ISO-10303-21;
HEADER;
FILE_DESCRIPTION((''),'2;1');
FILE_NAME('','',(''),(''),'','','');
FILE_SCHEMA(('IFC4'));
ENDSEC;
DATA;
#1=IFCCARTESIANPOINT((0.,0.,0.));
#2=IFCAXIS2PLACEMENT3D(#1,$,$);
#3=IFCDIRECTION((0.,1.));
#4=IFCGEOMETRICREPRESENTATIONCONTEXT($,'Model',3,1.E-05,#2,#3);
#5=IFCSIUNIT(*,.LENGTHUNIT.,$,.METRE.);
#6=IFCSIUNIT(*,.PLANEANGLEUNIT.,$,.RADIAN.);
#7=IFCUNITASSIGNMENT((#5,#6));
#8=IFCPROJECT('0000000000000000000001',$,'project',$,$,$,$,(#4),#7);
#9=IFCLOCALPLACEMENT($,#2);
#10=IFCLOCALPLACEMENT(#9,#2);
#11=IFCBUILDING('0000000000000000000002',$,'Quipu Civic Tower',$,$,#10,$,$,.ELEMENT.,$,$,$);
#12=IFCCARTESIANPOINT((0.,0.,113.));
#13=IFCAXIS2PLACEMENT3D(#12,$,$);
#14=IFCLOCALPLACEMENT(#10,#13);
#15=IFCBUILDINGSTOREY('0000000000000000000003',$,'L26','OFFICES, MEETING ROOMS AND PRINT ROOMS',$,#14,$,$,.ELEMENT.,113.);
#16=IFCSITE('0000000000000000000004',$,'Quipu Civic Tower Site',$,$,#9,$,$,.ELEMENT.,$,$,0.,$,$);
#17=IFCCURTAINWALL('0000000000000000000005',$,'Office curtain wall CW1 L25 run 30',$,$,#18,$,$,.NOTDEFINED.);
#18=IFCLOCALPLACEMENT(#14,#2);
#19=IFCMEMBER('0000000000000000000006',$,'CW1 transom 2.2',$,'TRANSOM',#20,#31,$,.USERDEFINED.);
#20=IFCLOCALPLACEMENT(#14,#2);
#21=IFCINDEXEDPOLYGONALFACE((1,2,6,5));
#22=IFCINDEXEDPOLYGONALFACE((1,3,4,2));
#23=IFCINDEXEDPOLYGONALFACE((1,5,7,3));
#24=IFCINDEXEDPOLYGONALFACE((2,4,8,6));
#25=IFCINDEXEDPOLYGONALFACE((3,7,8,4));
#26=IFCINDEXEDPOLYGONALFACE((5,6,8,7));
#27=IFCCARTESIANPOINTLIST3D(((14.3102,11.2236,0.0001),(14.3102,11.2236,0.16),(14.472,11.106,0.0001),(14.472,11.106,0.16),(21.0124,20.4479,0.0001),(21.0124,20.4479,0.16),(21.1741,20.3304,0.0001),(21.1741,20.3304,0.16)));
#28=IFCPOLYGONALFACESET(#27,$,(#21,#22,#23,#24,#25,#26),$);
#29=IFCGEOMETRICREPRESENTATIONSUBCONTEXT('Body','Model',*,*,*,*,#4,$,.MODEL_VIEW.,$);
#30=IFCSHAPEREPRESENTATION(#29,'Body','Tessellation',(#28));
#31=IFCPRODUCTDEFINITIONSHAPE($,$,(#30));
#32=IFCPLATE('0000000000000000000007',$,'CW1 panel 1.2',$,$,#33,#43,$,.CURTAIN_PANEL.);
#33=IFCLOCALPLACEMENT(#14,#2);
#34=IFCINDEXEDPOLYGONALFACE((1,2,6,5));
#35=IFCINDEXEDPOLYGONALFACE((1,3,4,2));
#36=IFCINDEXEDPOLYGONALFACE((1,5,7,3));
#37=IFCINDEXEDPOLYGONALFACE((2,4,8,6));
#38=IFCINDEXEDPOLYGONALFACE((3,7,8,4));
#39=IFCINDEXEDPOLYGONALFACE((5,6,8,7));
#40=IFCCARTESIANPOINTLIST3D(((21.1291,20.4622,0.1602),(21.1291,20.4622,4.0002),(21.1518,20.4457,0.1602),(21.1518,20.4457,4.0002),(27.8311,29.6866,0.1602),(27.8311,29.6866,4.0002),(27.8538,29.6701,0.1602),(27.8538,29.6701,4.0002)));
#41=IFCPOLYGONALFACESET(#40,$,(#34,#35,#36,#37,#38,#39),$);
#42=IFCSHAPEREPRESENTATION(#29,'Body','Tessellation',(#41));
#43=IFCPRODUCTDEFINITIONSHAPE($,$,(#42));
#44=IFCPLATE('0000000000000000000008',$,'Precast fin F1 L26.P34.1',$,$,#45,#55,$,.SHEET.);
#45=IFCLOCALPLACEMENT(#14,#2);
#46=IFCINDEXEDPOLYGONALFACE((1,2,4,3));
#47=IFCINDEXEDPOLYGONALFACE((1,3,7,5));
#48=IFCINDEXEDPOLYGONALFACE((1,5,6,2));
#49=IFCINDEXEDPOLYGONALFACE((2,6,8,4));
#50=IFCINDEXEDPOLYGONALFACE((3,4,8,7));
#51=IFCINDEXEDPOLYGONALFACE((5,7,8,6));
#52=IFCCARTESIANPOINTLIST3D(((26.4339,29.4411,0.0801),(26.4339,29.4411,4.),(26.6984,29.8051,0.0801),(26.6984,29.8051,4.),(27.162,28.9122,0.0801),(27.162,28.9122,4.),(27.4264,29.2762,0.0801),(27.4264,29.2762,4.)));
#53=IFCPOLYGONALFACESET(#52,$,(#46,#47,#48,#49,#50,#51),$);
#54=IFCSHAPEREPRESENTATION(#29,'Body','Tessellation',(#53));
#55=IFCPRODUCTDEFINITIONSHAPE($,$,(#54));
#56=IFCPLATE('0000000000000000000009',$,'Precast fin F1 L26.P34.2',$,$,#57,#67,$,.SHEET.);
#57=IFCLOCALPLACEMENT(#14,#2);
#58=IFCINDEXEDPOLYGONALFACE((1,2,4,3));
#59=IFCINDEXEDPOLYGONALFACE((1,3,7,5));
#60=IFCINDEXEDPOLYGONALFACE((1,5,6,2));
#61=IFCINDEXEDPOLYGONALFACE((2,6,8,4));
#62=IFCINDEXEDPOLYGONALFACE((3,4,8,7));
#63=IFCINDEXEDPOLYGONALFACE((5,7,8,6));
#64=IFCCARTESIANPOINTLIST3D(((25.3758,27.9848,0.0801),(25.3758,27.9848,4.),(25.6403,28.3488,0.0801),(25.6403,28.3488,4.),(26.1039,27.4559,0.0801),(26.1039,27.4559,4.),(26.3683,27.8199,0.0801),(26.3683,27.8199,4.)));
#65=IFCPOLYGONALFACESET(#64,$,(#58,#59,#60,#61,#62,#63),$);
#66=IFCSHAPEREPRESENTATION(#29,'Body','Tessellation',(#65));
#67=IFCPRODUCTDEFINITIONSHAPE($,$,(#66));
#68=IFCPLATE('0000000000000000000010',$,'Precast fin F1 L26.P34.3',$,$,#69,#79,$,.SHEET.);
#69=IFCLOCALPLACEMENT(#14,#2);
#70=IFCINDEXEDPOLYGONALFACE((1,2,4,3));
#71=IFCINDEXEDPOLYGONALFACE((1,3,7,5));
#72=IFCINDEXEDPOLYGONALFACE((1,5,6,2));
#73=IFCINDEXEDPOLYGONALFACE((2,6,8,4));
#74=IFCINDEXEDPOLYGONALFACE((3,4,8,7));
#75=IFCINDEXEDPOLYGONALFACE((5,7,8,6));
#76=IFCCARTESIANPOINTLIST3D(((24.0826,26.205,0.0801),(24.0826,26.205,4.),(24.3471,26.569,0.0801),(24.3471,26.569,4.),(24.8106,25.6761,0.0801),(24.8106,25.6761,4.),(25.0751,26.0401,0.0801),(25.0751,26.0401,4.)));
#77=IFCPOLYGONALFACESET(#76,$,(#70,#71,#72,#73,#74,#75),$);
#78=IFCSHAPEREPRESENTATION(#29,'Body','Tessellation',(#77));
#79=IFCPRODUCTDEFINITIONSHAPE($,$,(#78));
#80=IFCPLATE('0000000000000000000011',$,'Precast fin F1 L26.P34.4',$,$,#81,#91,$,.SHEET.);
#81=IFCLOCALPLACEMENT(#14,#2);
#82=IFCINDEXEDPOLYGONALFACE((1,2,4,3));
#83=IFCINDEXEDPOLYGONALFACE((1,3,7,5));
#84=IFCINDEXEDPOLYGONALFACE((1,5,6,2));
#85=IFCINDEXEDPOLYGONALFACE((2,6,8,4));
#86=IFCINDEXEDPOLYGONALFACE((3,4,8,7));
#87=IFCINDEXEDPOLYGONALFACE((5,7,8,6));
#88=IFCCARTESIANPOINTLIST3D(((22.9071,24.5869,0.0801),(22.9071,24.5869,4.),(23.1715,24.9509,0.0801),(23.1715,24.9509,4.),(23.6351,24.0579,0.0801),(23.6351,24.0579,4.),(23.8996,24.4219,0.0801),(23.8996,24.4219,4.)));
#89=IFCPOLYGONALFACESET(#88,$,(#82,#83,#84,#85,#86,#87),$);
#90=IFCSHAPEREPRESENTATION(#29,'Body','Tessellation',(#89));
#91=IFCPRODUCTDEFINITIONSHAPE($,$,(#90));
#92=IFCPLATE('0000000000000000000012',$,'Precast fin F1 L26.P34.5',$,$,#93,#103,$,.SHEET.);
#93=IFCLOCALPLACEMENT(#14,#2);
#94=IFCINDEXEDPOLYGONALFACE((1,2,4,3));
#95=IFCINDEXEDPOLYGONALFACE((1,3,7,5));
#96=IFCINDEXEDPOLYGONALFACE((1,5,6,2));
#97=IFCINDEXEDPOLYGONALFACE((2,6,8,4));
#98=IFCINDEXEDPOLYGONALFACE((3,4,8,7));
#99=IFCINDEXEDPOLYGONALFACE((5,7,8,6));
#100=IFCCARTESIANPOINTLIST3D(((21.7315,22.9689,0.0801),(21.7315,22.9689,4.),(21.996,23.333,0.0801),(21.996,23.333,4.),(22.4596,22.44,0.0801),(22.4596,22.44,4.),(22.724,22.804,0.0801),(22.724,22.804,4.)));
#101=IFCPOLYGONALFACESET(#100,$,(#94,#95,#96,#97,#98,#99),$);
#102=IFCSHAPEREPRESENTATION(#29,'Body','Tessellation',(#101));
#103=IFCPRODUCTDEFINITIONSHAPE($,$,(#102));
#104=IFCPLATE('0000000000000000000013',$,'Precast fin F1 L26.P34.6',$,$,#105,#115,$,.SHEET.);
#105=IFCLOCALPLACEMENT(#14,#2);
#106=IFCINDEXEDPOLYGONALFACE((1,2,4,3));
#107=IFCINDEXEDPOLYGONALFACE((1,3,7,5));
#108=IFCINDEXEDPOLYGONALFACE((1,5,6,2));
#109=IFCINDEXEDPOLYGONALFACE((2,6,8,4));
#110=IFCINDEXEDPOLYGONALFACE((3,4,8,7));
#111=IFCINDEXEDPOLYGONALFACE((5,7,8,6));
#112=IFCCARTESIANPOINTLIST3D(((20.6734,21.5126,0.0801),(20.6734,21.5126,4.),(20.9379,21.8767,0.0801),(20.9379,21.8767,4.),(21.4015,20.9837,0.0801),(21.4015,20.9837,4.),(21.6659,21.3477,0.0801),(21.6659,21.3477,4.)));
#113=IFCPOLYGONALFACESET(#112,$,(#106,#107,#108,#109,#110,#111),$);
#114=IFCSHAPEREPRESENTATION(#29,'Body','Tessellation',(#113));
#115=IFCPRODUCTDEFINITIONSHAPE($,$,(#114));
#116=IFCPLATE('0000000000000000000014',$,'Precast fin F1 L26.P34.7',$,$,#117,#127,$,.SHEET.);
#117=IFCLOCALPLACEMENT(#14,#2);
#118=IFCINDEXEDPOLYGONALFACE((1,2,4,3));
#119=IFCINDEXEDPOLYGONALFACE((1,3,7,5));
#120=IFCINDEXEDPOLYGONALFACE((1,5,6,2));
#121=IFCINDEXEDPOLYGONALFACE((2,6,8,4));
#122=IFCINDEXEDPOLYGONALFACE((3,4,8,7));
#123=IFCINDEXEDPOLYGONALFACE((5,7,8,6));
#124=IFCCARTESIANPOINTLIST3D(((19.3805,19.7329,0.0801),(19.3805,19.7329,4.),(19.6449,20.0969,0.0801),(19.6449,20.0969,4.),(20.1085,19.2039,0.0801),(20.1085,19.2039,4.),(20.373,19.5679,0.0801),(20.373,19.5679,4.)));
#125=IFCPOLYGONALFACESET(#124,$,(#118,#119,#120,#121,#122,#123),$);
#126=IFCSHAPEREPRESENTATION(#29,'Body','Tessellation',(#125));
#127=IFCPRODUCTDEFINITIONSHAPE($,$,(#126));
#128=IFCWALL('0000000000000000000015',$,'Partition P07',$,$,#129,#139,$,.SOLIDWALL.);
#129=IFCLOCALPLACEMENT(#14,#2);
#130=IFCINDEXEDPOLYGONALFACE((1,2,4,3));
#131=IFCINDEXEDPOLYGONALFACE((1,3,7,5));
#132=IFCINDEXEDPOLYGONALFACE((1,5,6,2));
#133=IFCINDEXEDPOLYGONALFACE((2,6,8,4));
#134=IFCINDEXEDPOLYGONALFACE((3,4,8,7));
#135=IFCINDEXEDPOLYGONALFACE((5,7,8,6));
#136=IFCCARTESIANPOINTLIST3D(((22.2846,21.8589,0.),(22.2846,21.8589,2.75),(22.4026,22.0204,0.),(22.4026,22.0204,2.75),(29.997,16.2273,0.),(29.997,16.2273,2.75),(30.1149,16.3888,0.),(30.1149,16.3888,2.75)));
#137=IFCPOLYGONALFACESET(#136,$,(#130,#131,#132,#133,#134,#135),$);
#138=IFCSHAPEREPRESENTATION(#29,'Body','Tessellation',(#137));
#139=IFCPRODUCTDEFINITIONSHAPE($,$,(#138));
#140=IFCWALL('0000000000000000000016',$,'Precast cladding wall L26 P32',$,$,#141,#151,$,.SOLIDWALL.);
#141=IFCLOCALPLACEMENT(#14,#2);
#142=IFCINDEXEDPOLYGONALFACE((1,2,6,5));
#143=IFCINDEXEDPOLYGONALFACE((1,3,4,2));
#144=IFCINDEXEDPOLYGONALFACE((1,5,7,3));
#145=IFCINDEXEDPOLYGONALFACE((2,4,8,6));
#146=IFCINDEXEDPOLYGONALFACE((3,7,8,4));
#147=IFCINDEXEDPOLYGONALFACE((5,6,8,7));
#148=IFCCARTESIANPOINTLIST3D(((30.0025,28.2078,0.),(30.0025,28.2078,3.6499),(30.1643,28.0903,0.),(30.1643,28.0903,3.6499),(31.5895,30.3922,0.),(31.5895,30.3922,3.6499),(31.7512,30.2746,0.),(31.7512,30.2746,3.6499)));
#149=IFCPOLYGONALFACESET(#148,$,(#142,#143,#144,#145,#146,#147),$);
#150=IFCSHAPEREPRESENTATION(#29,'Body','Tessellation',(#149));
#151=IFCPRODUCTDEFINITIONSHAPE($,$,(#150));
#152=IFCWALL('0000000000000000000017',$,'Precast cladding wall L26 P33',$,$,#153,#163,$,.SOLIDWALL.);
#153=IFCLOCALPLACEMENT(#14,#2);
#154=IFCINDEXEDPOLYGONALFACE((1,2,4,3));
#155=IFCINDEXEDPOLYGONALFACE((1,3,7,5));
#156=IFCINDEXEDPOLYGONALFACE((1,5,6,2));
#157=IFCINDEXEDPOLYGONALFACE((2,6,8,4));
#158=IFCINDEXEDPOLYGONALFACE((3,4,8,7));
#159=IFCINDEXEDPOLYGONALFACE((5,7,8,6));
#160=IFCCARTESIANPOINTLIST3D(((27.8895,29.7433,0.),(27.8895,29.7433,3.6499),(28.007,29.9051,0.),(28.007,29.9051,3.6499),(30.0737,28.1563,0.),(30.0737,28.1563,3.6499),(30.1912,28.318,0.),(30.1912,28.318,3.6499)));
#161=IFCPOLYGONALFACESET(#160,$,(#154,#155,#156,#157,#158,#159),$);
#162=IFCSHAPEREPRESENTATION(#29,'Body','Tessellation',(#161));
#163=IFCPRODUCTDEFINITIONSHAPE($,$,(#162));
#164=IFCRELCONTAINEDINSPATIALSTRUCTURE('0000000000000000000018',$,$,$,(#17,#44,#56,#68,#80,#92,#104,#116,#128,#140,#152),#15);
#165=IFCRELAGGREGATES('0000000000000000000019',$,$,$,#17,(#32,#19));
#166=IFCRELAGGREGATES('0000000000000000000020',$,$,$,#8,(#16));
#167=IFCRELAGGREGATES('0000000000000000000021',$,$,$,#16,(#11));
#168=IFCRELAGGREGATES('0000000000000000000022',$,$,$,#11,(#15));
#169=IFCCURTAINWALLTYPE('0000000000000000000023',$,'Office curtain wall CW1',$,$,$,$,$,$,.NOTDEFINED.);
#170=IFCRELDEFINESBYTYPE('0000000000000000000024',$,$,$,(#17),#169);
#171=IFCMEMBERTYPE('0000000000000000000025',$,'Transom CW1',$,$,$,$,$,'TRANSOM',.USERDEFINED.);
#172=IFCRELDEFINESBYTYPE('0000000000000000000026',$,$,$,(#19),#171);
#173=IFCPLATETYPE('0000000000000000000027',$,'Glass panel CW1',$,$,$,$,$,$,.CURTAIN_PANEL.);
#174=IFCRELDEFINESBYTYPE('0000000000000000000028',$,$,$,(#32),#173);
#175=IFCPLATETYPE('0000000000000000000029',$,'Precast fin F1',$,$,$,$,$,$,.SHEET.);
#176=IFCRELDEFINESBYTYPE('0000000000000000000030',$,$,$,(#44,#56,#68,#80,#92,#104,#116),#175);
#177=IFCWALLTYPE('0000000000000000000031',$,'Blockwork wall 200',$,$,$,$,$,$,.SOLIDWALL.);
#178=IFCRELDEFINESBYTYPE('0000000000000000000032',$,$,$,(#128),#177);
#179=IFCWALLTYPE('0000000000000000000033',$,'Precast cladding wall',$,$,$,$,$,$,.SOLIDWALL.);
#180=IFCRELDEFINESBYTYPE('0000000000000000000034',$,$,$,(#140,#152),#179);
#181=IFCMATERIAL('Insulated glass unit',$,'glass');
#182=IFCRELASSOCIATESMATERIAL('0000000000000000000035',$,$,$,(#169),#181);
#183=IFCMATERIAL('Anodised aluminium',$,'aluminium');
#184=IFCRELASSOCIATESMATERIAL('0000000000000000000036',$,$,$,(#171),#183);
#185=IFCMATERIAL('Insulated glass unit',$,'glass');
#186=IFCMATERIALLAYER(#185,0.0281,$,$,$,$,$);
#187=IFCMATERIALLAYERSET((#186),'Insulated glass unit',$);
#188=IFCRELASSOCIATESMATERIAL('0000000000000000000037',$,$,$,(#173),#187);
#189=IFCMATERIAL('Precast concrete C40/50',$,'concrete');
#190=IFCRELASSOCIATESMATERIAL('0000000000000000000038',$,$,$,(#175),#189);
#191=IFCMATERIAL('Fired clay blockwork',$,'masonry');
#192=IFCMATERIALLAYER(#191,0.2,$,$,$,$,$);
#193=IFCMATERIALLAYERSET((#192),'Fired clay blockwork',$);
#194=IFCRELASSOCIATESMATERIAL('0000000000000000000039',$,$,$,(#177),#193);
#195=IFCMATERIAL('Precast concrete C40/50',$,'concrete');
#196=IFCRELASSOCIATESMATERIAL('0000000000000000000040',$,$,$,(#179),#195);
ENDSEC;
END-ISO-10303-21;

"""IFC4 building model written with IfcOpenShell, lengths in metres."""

from ifc_helpers import new_model, si_unit, direction, frame, frame_2d, origin, origin_2d, place, context, subcontext, project, spatial, rectangle, extrude, material, layer, layer_set, material_profile, profile_set, type_object, element, aggregate, save


model = new_model("IFC4")

# Units and contexts
model_context = context("Model", 3, precision=1e-05, world=origin(), true_north=direction((0.0, 1.0)))
body_context = subcontext(model_context, "Body", "Model", "MODEL_VIEW")
ifc_project = project(units=[si_unit("LENGTHUNIT", "METRE"), si_unit("PLANEANGLEUNIT", "RADIAN")], contexts=[model_context])

# Site, building, storey
site_placement = place(None, origin())
site = spatial("IfcSite", under=ifc_project, at=site_placement, Name="Quipu Civic Tower Site", CompositionType="ELEMENT", RefElevation=0.0)
building_placement = place(site_placement, origin())
building = spatial("IfcBuilding", under=site, at=building_placement, Name="Quipu Civic Tower", CompositionType="ELEMENT")
storey_placement = place(building_placement, frame((0.0, 0.0, 113.0)))
storey = spatial("IfcBuildingStorey", under=building, at=storey_placement, Name="L26", Description="OFFICES, MEETING ROOMS AND PRINT ROOMS", CompositionType="ELEMENT", Elevation=113.0)

# Curtain wall
ifc_material_1 = material(Name="Insulated glass unit", Category="glass")
curtain_wall_type = type_object("IfcCurtainWallType", Name="Office curtain wall CW1", PredefinedType="NOTDEFINED", material=ifc_material_1)
curtain_wall_placement = place(storey_placement, origin())
curtain_wall = element("IfcCurtainWall", 1, at=curtain_wall_placement, inside=storey, type_object=curtain_wall_type, Name="Office curtain wall CW1 L25 run 30", PredefinedType="NOTDEFINED")

# Member
ifc_material_2 = material(Name="Anodised aluminium", Category="aluminium")
ifc_material_profile_1 = material_profile(ifc_material_2, rectangle(XDim=0.2, YDim=0.1599, at=origin_2d()), Name="RECT 200x160")
ifc_profile_set_1 = profile_set([ifc_material_profile_1], Name="Anodised aluminium")
member_type_1 = type_object("IfcMemberType", Name="Transom CW1", ElementType="TRANSOM", PredefinedType="USERDEFINED", material=ifc_profile_set_1)
member_1_placement = place(storey_placement, frame((21.0933, 20.3892, 0.0801), z_axis=(-0.5878, -0.809006, 0.0), x_axis=(0.809006, -0.5878, 0.0)))
member_1 = element("IfcMember", 2, at=member_1_placement, type_object=member_type_1, Name="CW1 transom 2.2", ObjectType="TRANSOM", PredefinedType="USERDEFINED", context=body_context, shape_type="SweptSolid", body=[
    extrude(rectangle(XDim=0.2, YDim=0.1599, at=origin_2d()), origin(), (0.0, 0.0, 1.0), 11.4021),
])

# Plate
ifc_material_3 = material(Name="Insulated glass unit", Category="glass")
ifc_layer_1 = layer(ifc_material_3, 0.0281)
ifc_layer_set_1 = layer_set([ifc_layer_1], Name="Insulated glass unit")
plate_type_1 = type_object("IfcPlateType", Name="Glass panel CW1", PredefinedType="CURTAIN_PANEL", material=ifc_layer_set_1)
plate_placement = place(storey_placement, frame((24.4915, 25.0662, 0.1602), z_axis=(0.0, 0.0, 1.0), x_axis=(-0.587789, -0.809014, 0.0)))
plate = element("IfcPlate", 3, at=plate_placement, type_object=plate_type_1, Name="CW1 panel 1.2", PredefinedType="CURTAIN_PANEL", context=body_context, shape_type="SweptSolid", body=[
    extrude(rectangle(XDim=11.4021, YDim=0.0281, at=origin_2d()), origin(), (0.0, 0.0, 1.0), 3.8401),
])
aggregate(curtain_wall, [plate, member_1])

# Plates
ifc_material_4 = material(Name="Precast concrete C40/50", Category="concrete")
plate_type_2 = type_object("IfcPlateType", Name="Precast fin F1", PredefinedType="SHEET", material=ifc_material_4)
for number, where, z_axis, x_axis, name in (
    (4, (26.9302, 29.3586, 0.0801), (0.0, 0.0, 1.0), (-0.587787, -0.809016, 0.0), "Precast fin F1 L26.P34.1"),
    (5, (25.8721, 27.9023, 0.0801), (0.0, 0.0, 1.0), (-0.587787, -0.809016, 0.0), "Precast fin F1 L26.P34.2"),
    (6, (24.5789, 26.1226, 0.0801), (0.0, 0.0, 1.0), (-0.587787, -0.809016, 0.0), "Precast fin F1 L26.P34.3"),
    (7, (23.4033, 24.5044, 0.0801), (0.0, 0.0, 1.0), (-0.587787, -0.809016, 0.0), "Precast fin F1 L26.P34.4"),
    (8, (22.2278, 22.8865, 0.0801), (0.0, 0.0, 1.0), (-0.587787, -0.809016, 0.0), "Precast fin F1 L26.P34.5"),
    (9, (21.1697, 21.4302, 0.0801), (0.0, 0.0, 1.0), (-0.587787, -0.809016, 0.0), "Precast fin F1 L26.P34.6"),
    (10, (19.8767, 19.6504, 0.0801), (0.0, 0.0, 1.0), (-0.587787, -0.809016, 0.0), "Precast fin F1 L26.P34.7"),
):
    element("IfcPlate", number, at=place(storey_placement, frame(where, z_axis=z_axis, x_axis=x_axis)), inside=storey, type_object=plate_type_2, Name=name, PredefinedType="SHEET", context=body_context, shape_type="SweptSolid", body=[
        extrude(rectangle(XDim=0.45, YDim=0.8999, at=origin_2d()), origin(), (0.0, 0.0, 1.0), 3.9199),
    ])

# Walls
ifc_material_5 = material(Name="Fired clay blockwork", Category="masonry")
ifc_layer_2 = layer(ifc_material_5, 0.2)
ifc_layer_set_2 = layer_set([ifc_layer_2], Name="Fired clay blockwork")
wall_type_1 = type_object("IfcWallType", Name="Blockwork wall 200", PredefinedType="SOLIDWALL", material=ifc_layer_set_2)
wall_placement = place(storey_placement, frame((22.3435, 21.9397, 0.0), z_axis=(0.0, 0.0, 1.0), x_axis=(0.80761, -0.589717, 0.0)))
element("IfcWall", 11, at=wall_placement, inside=storey, type_object=wall_type_1, Name="Partition P07", PredefinedType="SOLIDWALL", context=body_context, shape_type="SweptSolid", body=[
    extrude(rectangle(XDim=9.5496, YDim=0.2, at=frame_2d((4.7749, 0.0))), origin(), (0.0, 0.0, 1.0), 2.75),
])
ifc_material_6 = material(Name="Precast concrete C40/50", Category="concrete")
wall_type_2 = type_object("IfcWallType", Name="Precast cladding wall", PredefinedType="SOLIDWALL", material=ifc_material_6)
for number, where, z_axis, x_axis, name in (
    (12, (31.6704, 30.3335, 0.0), (0.0, 0.0, 1.0), (-0.587763, -0.809033, 0.0), "Precast cladding wall L26 P32"),
    (13, (30.1326, 28.2371, 0.0), (0.0, 0.0, 1.0), (-0.80899, 0.587822, 0.0), "Precast cladding wall L26 P33"),
):
    element("IfcWall", number, at=place(storey_placement, frame(where, z_axis=z_axis, x_axis=x_axis)), inside=storey, type_object=wall_type_2, Name=name, PredefinedType="SOLIDWALL", context=body_context, shape_type="SweptSolid", body=[
        extrude(rectangle(XDim=2.7, YDim=0.2, at=frame_2d((1.3501, 0.0))), origin(), (0.0, 0.0, 1.0), 3.6499),
    ])

save(model, "model.ifc")
